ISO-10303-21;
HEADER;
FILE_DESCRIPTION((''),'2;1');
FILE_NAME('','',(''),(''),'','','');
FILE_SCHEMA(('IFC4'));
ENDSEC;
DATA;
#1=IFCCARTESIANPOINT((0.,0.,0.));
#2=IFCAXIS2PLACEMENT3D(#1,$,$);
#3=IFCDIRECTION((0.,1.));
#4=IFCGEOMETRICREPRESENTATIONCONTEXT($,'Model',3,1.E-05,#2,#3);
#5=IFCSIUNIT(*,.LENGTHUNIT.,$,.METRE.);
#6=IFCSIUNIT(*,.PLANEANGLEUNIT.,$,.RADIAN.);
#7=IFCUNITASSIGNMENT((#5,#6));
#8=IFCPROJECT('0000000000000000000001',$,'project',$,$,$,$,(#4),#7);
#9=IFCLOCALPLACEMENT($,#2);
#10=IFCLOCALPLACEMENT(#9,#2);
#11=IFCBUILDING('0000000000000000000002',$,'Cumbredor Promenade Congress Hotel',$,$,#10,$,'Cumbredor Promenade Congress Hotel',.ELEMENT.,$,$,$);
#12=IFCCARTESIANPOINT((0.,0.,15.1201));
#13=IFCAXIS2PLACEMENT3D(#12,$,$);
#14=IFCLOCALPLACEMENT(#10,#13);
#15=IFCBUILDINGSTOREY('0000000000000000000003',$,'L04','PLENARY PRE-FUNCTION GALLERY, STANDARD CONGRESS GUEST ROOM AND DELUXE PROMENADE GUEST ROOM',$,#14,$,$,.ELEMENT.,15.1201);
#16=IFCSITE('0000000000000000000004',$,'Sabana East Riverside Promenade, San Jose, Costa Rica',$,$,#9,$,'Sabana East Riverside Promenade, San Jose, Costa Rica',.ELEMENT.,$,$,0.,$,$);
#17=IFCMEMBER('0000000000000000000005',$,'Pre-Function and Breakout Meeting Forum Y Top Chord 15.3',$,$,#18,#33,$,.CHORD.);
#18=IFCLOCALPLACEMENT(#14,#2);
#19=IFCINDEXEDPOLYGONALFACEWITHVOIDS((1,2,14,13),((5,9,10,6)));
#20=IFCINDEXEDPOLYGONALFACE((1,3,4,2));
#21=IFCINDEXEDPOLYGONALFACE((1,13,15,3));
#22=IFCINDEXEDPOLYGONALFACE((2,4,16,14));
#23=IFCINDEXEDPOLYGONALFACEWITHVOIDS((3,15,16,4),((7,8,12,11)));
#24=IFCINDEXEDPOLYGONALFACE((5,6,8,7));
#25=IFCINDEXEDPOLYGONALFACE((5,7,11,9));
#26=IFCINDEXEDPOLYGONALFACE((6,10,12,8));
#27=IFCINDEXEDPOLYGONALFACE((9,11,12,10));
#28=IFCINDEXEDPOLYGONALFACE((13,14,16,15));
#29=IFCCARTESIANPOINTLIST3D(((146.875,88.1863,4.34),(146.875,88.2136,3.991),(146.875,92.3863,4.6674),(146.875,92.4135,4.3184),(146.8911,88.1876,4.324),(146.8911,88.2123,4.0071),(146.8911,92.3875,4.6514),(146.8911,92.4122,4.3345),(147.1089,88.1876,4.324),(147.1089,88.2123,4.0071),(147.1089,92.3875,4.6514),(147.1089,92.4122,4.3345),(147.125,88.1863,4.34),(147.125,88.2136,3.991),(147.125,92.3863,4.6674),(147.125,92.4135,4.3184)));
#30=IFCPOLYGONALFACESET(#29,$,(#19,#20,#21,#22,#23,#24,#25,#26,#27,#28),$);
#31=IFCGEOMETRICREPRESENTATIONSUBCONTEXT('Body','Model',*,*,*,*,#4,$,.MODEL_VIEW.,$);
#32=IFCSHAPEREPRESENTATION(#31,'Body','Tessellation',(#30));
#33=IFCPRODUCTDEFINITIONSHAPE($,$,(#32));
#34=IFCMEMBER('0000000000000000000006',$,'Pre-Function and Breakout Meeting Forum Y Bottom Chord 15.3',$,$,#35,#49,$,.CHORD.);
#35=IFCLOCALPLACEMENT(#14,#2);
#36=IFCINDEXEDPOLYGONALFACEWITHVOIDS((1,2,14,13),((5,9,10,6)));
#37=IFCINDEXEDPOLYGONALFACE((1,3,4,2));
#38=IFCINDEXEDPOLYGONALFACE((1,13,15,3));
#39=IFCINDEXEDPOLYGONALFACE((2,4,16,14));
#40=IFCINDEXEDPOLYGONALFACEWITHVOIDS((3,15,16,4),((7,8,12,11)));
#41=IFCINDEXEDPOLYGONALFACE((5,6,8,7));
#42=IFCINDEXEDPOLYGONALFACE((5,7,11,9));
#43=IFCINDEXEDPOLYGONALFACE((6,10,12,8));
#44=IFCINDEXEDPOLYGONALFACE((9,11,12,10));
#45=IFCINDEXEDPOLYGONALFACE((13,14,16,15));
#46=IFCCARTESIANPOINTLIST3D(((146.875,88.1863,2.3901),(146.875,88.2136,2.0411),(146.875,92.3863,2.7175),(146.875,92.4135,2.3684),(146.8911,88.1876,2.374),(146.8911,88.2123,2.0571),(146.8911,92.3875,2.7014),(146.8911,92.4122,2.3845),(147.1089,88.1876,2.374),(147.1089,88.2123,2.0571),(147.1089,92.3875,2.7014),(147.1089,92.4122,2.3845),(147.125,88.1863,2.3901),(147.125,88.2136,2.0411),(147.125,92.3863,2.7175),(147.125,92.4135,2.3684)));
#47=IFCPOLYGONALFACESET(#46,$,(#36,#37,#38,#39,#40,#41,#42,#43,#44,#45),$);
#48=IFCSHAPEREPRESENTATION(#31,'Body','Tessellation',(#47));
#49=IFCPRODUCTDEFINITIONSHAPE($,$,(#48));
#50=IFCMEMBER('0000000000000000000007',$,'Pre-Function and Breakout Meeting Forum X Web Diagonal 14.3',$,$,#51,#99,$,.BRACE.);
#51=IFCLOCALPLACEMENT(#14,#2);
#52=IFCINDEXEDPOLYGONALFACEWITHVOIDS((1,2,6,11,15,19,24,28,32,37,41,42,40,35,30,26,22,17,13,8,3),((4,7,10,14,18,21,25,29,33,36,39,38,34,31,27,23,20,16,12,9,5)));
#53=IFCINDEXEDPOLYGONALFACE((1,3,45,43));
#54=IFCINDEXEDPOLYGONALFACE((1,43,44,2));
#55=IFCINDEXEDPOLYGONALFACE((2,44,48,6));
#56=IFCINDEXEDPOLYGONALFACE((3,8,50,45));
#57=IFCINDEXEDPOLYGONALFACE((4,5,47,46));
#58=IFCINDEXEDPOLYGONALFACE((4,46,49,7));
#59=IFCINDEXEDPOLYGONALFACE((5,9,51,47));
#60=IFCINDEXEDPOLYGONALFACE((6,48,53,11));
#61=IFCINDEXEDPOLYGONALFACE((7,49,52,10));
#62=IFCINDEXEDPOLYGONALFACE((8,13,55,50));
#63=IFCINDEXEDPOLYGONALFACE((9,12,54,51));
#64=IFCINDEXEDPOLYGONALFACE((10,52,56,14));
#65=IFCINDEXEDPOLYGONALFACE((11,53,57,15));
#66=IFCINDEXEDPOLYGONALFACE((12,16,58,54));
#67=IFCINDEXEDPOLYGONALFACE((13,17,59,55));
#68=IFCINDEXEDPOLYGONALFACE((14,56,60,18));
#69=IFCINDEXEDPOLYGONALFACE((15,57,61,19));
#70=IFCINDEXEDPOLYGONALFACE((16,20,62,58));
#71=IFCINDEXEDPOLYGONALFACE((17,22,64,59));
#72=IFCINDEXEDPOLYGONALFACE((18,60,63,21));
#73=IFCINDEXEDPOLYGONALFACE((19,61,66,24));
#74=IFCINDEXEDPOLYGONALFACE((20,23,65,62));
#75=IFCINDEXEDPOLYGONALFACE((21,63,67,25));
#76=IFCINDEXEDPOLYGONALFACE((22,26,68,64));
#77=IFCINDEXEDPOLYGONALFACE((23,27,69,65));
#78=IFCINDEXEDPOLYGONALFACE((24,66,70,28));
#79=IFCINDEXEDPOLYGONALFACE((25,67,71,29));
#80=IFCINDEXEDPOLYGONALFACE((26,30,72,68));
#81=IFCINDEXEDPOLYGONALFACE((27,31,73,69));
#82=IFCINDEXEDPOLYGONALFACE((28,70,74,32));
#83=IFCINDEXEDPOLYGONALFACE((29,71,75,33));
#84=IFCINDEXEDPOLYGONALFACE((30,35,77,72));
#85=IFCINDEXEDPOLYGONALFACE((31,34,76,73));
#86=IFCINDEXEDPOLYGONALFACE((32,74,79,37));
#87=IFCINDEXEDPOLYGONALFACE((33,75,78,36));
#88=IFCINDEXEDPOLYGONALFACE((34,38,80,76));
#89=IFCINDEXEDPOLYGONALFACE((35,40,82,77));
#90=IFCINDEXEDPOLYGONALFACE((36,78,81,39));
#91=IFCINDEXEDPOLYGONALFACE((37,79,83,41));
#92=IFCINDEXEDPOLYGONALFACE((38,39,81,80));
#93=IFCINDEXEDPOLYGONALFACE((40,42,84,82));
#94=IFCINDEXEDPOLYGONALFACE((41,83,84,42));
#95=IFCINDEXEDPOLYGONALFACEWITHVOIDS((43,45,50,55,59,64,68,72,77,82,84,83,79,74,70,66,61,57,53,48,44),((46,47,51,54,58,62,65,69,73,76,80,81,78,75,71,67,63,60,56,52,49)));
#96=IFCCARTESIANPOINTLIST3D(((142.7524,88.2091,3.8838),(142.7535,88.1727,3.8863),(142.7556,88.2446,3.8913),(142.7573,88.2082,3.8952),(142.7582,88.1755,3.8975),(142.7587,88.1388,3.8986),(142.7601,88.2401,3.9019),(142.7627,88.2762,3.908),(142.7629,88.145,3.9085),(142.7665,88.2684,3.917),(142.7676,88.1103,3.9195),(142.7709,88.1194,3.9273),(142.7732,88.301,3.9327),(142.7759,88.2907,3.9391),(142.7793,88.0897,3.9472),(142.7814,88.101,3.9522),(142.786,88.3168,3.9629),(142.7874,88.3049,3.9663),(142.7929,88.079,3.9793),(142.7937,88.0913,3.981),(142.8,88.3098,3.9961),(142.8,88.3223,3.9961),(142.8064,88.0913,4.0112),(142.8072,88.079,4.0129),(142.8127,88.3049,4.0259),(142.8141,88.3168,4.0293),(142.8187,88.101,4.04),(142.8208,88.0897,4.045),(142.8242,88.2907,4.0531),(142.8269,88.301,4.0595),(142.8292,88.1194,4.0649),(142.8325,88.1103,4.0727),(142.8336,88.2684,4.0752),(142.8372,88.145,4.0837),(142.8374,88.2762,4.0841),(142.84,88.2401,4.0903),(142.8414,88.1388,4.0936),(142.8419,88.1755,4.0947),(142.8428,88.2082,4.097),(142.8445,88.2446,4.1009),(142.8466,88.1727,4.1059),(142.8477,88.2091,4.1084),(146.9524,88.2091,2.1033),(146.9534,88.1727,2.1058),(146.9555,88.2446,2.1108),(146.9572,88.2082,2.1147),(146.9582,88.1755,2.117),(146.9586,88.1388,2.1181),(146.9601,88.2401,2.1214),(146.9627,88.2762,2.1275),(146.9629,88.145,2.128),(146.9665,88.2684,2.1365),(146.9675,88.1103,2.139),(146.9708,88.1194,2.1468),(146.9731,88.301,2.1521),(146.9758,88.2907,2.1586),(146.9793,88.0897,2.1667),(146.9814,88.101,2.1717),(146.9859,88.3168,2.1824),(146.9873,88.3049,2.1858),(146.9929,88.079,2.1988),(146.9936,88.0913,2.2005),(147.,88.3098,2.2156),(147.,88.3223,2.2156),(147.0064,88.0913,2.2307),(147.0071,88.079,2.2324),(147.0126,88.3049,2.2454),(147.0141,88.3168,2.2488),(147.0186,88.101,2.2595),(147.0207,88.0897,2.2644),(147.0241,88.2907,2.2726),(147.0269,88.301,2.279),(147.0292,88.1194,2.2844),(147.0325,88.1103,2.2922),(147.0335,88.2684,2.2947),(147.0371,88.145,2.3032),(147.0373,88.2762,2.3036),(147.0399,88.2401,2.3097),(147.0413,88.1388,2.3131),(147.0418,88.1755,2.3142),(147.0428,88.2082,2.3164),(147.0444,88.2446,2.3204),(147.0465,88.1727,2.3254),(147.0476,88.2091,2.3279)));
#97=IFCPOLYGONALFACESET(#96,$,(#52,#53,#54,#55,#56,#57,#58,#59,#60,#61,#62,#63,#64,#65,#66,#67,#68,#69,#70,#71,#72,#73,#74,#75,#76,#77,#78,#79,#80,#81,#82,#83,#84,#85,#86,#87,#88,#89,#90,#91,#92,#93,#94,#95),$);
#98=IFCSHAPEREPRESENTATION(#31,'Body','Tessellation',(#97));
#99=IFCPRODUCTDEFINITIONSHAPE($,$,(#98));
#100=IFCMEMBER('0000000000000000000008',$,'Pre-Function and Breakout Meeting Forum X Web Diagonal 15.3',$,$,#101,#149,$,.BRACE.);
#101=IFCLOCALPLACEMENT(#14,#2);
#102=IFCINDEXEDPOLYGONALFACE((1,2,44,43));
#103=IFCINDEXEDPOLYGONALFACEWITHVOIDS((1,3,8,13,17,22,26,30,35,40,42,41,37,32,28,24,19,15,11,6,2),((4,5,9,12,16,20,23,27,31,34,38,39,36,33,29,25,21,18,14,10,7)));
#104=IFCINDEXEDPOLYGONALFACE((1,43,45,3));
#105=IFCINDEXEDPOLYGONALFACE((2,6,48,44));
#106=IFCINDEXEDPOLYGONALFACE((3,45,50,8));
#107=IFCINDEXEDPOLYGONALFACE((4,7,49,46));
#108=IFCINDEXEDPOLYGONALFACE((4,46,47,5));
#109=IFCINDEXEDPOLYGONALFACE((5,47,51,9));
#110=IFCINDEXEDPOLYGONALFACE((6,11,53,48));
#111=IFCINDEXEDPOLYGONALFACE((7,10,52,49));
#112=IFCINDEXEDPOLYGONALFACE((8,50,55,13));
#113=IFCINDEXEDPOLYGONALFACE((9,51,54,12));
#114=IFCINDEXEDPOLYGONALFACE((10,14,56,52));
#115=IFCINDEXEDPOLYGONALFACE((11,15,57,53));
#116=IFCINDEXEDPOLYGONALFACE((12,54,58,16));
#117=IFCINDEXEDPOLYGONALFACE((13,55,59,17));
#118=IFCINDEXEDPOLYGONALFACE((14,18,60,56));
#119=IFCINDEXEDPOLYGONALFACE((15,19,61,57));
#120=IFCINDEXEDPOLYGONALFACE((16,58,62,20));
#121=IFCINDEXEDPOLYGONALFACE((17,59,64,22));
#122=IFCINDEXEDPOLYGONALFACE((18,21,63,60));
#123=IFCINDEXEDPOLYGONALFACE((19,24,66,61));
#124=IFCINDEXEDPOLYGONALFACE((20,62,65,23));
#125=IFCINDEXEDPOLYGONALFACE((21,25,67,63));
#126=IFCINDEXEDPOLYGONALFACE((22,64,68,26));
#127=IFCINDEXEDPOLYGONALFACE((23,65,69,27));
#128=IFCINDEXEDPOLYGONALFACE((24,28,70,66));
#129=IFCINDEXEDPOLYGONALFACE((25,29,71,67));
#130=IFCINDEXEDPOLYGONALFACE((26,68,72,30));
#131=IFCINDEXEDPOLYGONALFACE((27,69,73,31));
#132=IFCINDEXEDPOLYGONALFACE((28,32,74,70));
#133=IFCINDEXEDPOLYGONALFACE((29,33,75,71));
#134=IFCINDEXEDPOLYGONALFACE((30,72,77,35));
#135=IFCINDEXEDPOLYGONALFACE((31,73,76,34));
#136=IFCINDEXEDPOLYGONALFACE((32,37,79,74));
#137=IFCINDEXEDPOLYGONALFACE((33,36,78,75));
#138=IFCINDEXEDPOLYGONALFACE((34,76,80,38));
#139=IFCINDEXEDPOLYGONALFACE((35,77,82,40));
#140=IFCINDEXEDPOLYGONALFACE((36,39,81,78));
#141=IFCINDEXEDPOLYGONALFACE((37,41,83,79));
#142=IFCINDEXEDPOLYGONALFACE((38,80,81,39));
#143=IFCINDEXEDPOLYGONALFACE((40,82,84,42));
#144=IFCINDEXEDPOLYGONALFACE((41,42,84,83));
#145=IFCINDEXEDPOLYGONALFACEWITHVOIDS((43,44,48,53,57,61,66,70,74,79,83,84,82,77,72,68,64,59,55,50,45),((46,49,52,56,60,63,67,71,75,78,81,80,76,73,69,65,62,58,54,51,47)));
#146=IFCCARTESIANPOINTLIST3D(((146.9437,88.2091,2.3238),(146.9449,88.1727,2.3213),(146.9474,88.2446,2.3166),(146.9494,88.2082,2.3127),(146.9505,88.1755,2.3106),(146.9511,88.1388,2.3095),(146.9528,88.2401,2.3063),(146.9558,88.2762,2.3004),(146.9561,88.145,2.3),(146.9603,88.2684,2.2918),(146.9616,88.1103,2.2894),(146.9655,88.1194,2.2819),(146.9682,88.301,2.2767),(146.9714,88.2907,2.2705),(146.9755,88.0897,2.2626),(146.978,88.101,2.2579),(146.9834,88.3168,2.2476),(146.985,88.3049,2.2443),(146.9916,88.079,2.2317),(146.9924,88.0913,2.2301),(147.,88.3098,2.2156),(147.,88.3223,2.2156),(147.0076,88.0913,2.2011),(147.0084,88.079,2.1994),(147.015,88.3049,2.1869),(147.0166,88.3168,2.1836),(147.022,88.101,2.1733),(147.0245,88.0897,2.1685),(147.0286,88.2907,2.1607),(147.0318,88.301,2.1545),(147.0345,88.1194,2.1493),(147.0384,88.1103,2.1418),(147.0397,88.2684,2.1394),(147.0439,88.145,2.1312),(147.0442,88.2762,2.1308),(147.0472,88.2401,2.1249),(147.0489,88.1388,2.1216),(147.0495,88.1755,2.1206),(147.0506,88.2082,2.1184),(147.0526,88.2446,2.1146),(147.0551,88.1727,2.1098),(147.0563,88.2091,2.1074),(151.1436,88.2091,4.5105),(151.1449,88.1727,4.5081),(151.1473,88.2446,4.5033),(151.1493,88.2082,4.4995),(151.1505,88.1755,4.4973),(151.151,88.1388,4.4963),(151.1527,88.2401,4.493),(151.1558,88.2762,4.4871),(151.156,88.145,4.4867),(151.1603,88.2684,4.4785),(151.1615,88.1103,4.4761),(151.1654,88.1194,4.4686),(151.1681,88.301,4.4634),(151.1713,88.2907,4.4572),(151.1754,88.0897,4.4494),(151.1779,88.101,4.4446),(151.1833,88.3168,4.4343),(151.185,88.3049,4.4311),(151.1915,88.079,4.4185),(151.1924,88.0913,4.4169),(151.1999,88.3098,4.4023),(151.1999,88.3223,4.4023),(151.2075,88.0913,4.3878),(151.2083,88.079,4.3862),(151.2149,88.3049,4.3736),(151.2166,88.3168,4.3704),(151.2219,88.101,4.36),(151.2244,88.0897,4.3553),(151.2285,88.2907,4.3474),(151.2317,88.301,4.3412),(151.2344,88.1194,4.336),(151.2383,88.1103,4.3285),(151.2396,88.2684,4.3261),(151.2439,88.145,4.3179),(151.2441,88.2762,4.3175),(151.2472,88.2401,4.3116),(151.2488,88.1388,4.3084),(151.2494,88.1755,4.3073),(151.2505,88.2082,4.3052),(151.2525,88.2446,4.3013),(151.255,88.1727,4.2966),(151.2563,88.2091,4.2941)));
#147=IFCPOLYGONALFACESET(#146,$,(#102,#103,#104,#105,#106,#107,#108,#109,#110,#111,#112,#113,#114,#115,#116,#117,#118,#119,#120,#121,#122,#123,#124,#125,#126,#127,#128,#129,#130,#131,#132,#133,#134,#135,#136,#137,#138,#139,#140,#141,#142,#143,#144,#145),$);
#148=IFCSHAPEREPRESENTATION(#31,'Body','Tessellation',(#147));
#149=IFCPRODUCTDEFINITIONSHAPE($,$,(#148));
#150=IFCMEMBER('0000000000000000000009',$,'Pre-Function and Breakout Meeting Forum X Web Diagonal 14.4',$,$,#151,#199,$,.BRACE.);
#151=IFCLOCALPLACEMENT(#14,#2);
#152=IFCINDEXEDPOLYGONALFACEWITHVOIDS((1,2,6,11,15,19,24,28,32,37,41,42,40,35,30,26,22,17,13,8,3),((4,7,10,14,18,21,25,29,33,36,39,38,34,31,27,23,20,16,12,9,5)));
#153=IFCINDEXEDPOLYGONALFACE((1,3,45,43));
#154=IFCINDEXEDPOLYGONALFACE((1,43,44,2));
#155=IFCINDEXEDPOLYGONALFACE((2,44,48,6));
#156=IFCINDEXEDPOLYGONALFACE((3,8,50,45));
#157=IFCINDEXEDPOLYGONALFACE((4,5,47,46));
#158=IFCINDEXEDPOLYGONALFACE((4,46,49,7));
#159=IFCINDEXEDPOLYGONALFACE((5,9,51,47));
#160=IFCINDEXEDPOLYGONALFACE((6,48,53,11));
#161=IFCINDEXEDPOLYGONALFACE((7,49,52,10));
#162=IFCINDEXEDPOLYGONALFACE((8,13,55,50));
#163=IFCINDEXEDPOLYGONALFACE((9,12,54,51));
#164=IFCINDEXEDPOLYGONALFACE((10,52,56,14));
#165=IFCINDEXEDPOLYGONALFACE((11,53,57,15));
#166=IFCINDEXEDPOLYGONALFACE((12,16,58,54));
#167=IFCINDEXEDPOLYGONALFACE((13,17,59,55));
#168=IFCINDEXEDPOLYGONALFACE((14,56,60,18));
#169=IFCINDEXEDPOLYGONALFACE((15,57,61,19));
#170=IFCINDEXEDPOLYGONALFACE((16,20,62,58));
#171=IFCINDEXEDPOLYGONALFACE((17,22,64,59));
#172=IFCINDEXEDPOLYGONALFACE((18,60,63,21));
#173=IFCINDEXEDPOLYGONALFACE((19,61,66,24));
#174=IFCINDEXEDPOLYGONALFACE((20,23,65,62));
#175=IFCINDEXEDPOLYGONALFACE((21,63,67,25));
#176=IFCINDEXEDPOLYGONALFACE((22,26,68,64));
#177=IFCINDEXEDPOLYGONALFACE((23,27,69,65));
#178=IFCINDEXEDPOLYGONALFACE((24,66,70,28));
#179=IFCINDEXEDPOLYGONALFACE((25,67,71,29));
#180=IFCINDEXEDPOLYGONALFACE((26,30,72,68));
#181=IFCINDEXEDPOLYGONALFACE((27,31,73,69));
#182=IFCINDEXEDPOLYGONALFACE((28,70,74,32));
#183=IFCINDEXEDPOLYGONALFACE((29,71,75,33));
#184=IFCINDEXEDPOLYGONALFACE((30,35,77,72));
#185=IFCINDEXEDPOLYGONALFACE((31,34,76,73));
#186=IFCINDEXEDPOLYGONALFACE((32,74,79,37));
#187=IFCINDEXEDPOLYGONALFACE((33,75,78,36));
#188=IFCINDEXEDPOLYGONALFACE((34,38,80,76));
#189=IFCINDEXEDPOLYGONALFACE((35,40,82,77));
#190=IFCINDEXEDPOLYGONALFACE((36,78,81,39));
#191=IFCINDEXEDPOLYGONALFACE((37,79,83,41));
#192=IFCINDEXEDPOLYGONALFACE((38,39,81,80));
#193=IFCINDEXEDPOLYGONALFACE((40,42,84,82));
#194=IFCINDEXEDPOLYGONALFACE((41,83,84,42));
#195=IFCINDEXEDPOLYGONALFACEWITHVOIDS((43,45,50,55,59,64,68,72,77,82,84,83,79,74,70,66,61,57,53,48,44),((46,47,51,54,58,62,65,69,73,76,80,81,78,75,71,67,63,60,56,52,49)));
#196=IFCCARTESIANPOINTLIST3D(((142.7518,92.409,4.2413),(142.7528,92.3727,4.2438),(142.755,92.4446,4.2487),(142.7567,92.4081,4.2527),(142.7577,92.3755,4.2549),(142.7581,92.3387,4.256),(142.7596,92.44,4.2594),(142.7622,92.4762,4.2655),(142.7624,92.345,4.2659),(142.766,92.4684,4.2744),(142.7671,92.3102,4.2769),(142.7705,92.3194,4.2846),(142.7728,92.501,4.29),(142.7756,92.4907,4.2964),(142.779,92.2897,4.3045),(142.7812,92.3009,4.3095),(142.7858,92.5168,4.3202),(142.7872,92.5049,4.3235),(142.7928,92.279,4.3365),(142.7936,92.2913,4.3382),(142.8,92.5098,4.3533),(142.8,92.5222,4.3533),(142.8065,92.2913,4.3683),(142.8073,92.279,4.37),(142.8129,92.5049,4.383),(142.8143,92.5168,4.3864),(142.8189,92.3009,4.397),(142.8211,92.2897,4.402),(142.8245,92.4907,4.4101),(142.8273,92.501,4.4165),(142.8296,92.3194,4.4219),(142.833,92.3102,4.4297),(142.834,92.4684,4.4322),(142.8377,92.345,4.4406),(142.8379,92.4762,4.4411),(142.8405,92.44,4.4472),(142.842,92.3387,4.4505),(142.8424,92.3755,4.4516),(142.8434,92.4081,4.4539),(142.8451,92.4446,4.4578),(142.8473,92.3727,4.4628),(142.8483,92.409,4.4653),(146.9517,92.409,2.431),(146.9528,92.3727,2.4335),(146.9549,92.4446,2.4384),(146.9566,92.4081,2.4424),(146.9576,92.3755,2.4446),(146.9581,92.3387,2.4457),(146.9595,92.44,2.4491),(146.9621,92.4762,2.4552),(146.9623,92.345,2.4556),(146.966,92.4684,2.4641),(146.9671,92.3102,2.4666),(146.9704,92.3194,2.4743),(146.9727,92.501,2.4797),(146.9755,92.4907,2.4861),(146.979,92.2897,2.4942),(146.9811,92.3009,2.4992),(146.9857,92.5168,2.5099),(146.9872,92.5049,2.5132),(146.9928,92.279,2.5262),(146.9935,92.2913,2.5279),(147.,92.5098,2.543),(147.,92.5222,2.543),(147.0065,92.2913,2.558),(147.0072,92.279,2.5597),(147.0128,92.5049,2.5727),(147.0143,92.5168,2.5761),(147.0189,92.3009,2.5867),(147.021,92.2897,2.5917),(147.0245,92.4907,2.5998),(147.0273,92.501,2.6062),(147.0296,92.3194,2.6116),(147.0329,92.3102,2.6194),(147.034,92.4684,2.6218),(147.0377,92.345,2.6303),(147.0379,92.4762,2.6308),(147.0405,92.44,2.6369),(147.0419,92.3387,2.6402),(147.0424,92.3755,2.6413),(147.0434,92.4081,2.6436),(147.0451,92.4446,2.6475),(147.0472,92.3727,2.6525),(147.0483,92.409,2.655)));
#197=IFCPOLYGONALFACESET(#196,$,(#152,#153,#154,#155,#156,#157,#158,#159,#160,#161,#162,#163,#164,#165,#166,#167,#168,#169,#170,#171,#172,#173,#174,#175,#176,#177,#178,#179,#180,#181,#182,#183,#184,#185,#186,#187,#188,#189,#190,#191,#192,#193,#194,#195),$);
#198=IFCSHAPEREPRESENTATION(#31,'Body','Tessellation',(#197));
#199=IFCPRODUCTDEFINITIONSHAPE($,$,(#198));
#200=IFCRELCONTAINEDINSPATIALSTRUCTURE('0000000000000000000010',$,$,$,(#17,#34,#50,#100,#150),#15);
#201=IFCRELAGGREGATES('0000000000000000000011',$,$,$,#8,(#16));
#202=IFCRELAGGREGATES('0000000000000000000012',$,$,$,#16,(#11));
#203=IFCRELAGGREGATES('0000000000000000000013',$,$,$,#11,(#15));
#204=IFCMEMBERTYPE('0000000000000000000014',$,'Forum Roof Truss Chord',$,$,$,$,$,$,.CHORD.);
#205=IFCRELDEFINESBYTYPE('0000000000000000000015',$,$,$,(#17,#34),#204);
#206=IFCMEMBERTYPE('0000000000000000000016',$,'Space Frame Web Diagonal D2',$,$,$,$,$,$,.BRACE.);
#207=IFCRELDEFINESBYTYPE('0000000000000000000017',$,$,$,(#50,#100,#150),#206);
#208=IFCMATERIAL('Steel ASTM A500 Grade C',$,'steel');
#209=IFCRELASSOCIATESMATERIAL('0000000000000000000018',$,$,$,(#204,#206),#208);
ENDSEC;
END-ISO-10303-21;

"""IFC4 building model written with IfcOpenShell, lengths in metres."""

from ifc_helpers import new_model, si_unit, direction, frame, origin, origin_2d, place, context, subcontext, project, spatial, hollow_rectangle, hollow_circle, extrude, material, material_profile, profile_set, type_object, element, save


model = new_model("IFC4")

# Units and contexts
model_context = context("Model", 3, precision=1e-05, world=origin(), true_north=direction((0.0, 1.0)))
body_context = subcontext(model_context, "Body", "Model", "MODEL_VIEW")
ifc_project = project(units=[si_unit("LENGTHUNIT", "METRE"), si_unit("PLANEANGLEUNIT", "RADIAN")], contexts=[model_context])

# Site, building, storey
site_placement = place(None, origin())
site = spatial("IfcSite", under=ifc_project, at=site_placement, Name="Sabana East Riverside Promenade, San Jose, Costa Rica", LongName="Sabana East Riverside Promenade, San Jose, Costa Rica", CompositionType="ELEMENT", RefElevation=0.0)
building_placement = place(site_placement, origin())
building = spatial("IfcBuilding", under=site, at=building_placement, Name="Cumbredor Promenade Congress Hotel", LongName="Cumbredor Promenade Congress Hotel", CompositionType="ELEMENT")
storey_placement = place(building_placement, frame((0.0, 0.0, 15.1201)))
storey = spatial("IfcBuildingStorey", under=building, at=storey_placement, Name="L04", Description="PLENARY PRE-FUNCTION GALLERY, STANDARD CONGRESS GUEST ROOM AND DELUXE PROMENADE GUEST ROOM", CompositionType="ELEMENT", Elevation=15.1201)

# Members
ifc_material_1 = material(Name="Steel ASTM A500 Grade C", Category="steel")
ifc_material_profile_1 = material_profile(ifc_material_1, hollow_rectangle(XDim=0.25, YDim=0.3501, WallThickness=0.0161, at=origin_2d()), Name="HSS 350x250x16")
ifc_profile_set_1 = profile_set([ifc_material_profile_1], Name="Steel ASTM A500 Grade C")
member_type_1 = type_object("IfcMemberType", Name="Forum Roof Truss Chord", PredefinedType="CHORD", material=ifc_profile_set_1)
for number, where, z_axis, x_axis, name in (
    (1, (147.0, 88.2, 4.1655), (0.0, 0.996976, 0.077716), (-1.0, 0.0, 0.0), "Pre-Function and Breakout Meeting Forum Y Top Chord 15.3"),
    (2, (147.0, 88.2, 2.2156), (0.0, 0.996976, 0.077716), (-1.0, 0.0, 0.0), "Pre-Function and Breakout Meeting Forum Y Bottom Chord 15.3"),
):
    element("IfcMember", number, at=place(storey_placement, frame(where, z_axis=z_axis, x_axis=x_axis)), inside=storey, type_object=member_type_1, Name=name, PredefinedType="CHORD", context=body_context, shape_type="SweptSolid", body=[
        extrude(hollow_rectangle(XDim=0.25, YDim=0.3501, WallThickness=0.0161, at=origin_2d()), origin(), (0.0, 0.0, 1.0), 4.2126),
    ])
ifc_material_profile_2 = material_profile(ifc_material_1, hollow_circle(Radius=0.1223, WallThickness=0.0125, at=origin_2d()), Name="CHS 244.5x12.5")
ifc_profile_set_2 = profile_set([ifc_material_profile_2], Name="Steel ASTM A500 Grade C")
member_type_2 = type_object("IfcMemberType", Name="Space Frame Web Diagonal D2", PredefinedType="BRACE", material=ifc_profile_set_2)
member_1_placement = place(storey_placement, frame((142.8, 88.2, 3.9961), z_axis=(0.920683, 0.0, -0.390312), x_axis=(0.0, 1.0, 0.0)))
element("IfcMember", 3, at=member_1_placement, inside=storey, type_object=member_type_2, Name="Pre-Function and Breakout Meeting Forum X Web Diagonal 14.3", PredefinedType="BRACE", context=body_context, shape_type="SweptSolid", body=[
    extrude(hollow_circle(Radius=0.1223, WallThickness=0.0125, at=origin_2d()), origin(), (0.0, 0.0, 1.0), 4.5618),
])
member_2_placement = place(storey_placement, frame((147.0, 88.2, 2.2156), z_axis=(0.886975, 0.0, 0.461817), x_axis=(0.0, 1.0, 0.0)))
element("IfcMember", 4, at=member_2_placement, inside=storey, type_object=member_type_2, Name="Pre-Function and Breakout Meeting Forum X Web Diagonal 15.3", PredefinedType="BRACE", context=body_context, shape_type="SweptSolid", body=[
    extrude(hollow_circle(Radius=0.1223, WallThickness=0.0125, at=origin_2d()), origin(), (0.0, 0.0, 1.0), 4.7351),
])
member_3_placement = place(storey_placement, frame((142.8, 92.3999, 4.3533), z_axis=(0.918326, 0.0, -0.395825), x_axis=(0.0, 1.0, 0.0)))
element("IfcMember", 5, at=member_3_placement, inside=storey, type_object=member_type_2, Name="Pre-Function and Breakout Meeting Forum X Web Diagonal 14.4", PredefinedType="BRACE", context=body_context, shape_type="SweptSolid", body=[
    extrude(hollow_circle(Radius=0.1223, WallThickness=0.0125, at=origin_2d()), origin(), (0.0, 0.0, 1.0), 4.5735),
])

save(model, "model.ifc")
